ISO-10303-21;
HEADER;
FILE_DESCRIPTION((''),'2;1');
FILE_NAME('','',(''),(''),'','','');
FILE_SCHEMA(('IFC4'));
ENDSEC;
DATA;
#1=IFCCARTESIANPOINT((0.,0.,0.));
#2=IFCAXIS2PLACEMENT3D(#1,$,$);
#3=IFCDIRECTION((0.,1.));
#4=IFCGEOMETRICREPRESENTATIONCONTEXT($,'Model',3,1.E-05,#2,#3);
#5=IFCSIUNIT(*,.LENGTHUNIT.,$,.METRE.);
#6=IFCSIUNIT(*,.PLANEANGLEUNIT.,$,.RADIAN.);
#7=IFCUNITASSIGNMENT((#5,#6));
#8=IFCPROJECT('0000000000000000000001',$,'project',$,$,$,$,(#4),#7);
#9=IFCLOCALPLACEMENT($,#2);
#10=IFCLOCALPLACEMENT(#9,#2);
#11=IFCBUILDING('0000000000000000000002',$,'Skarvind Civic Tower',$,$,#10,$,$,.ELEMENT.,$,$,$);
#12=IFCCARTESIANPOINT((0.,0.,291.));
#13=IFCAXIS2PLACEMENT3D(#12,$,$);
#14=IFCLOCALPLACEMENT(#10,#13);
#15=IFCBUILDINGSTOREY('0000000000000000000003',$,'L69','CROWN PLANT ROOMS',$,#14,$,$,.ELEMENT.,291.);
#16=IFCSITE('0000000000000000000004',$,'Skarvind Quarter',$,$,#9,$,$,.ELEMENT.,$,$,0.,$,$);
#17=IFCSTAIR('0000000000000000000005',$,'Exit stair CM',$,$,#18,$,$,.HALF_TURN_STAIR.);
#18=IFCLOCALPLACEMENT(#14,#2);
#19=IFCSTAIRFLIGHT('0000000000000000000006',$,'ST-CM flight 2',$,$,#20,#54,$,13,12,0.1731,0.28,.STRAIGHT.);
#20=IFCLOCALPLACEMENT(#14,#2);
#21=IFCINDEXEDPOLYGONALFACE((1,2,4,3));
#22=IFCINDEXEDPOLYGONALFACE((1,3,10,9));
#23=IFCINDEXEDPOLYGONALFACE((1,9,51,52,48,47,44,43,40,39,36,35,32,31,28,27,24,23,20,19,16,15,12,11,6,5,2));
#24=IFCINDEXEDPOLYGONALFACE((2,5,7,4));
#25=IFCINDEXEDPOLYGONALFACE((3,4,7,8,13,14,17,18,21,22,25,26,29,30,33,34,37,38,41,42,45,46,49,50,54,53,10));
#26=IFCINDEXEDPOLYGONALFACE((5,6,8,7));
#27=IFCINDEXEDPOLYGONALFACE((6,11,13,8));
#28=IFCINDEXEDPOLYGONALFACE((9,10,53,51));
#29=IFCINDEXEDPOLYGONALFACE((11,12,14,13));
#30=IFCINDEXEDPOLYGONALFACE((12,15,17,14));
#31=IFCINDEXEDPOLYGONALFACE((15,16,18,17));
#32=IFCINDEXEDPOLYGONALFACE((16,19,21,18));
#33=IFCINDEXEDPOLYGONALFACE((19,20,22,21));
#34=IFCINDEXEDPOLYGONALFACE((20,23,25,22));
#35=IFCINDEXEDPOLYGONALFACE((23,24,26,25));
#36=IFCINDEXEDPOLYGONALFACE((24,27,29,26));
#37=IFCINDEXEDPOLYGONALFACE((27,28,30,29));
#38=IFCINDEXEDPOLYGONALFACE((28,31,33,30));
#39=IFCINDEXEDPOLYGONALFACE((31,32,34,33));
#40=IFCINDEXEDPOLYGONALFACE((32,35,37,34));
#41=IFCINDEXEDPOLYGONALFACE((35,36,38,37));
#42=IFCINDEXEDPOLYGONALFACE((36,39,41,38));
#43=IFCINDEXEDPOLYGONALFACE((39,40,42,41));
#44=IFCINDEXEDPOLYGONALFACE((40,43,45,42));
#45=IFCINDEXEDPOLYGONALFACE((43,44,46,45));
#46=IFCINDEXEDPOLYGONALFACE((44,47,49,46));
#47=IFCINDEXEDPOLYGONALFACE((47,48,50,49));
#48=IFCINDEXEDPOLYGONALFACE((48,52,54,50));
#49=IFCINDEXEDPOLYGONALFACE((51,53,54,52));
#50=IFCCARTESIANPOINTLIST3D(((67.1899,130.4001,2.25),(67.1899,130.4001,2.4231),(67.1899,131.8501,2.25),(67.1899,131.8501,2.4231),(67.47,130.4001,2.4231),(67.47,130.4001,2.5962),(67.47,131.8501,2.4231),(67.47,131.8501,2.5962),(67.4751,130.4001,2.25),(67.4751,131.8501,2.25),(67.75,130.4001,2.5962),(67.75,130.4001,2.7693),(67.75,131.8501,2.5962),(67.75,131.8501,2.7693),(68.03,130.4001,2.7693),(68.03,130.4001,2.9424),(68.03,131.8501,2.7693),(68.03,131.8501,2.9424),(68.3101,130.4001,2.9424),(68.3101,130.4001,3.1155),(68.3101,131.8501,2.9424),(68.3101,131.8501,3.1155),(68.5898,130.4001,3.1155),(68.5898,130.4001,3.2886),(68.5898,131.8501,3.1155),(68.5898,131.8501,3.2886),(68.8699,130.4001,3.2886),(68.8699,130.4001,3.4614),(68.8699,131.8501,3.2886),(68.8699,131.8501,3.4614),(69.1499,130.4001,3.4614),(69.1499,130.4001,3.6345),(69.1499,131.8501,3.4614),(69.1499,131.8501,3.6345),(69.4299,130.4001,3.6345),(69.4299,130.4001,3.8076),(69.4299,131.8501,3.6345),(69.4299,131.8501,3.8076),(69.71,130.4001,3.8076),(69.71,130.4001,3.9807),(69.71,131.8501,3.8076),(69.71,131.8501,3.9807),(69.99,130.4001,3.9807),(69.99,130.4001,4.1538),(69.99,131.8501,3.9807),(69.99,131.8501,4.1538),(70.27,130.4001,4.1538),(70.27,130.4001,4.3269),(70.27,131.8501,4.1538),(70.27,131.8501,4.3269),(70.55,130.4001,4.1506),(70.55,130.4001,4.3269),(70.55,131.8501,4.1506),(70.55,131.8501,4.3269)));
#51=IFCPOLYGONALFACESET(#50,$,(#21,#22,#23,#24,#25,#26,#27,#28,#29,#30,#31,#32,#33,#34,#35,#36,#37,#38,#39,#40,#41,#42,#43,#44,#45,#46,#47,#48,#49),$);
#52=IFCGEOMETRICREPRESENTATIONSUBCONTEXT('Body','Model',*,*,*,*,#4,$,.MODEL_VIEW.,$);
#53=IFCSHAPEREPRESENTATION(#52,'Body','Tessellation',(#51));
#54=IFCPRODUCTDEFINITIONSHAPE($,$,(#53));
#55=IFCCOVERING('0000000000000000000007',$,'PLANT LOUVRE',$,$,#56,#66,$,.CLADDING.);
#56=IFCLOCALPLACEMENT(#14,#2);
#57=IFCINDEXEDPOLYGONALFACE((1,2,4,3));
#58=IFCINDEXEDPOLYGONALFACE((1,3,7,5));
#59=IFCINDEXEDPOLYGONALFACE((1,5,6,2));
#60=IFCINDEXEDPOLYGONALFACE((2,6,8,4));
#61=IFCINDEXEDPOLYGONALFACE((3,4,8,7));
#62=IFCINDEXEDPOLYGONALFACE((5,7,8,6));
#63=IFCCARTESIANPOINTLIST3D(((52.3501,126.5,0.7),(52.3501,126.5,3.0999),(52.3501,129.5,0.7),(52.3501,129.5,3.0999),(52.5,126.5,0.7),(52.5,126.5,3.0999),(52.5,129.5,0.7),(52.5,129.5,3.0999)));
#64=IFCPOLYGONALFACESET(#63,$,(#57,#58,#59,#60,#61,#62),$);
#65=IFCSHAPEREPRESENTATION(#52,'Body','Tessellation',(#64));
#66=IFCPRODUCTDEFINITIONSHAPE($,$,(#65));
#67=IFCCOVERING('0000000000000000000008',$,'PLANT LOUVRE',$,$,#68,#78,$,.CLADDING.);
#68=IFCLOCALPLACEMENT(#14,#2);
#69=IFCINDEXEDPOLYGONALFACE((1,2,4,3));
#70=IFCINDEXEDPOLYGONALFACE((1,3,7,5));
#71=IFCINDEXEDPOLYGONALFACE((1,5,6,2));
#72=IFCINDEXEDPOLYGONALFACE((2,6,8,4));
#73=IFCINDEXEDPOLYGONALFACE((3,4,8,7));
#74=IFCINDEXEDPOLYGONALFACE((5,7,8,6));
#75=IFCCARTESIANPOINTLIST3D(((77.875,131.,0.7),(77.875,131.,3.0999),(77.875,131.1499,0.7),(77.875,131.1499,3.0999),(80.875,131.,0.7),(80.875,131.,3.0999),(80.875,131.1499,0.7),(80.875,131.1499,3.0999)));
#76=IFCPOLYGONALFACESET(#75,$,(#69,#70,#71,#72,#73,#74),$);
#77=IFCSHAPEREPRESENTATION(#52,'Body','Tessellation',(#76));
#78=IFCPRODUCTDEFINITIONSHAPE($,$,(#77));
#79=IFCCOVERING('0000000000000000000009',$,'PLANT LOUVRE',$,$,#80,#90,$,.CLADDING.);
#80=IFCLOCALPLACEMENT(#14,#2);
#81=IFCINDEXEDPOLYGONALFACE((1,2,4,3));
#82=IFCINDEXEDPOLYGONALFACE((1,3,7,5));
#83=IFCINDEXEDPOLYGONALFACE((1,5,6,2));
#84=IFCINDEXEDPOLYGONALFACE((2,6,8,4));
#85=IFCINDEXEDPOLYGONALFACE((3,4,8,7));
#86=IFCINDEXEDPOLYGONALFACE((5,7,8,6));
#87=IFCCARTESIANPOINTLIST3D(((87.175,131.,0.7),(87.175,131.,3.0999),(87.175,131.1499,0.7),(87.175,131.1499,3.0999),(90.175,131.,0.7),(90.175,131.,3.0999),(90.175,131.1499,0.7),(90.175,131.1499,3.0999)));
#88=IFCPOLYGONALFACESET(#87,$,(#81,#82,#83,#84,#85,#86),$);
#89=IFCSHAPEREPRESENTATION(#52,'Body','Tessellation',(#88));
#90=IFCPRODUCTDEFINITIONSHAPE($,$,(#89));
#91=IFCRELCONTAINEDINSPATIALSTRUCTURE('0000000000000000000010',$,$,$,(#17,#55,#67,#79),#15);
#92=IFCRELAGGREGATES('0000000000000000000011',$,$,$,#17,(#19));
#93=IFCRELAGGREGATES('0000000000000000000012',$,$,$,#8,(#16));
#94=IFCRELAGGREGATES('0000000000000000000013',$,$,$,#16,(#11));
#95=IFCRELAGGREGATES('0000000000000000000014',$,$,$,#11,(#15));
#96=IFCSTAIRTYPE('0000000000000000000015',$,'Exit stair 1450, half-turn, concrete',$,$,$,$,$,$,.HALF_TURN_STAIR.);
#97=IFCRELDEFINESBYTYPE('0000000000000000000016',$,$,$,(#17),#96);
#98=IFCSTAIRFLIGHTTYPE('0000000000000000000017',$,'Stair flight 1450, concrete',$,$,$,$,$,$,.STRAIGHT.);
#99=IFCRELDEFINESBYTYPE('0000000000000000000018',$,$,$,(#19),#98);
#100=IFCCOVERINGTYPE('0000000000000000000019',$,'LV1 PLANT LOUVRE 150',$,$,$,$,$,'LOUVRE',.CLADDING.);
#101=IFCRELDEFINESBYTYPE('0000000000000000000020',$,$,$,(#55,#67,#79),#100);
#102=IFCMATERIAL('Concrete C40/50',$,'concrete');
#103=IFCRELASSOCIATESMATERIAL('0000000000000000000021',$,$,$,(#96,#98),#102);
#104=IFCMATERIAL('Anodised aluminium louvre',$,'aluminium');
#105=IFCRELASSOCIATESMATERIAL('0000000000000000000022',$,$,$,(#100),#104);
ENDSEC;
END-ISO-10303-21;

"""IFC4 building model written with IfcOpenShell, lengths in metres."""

from ifc_helpers import new_model, si_unit, direction, frame, origin, origin_2d, place, context, subcontext, project, spatial, polyline, rectangle, outline, extrude, material, material_profile, profile_set, type_object, element, aggregate, save


model = new_model("IFC4")

# Units and contexts
model_context = context("Model", 3, precision=1e-05, world=origin(), true_north=direction((0.0, 1.0)))
body_context = subcontext(model_context, "Body", "Model", "MODEL_VIEW")
ifc_project = project(units=[si_unit("LENGTHUNIT", "METRE"), si_unit("PLANEANGLEUNIT", "RADIAN")], contexts=[model_context])

# Site, building, storey
site_placement = place(None, origin())
site = spatial("IfcSite", under=ifc_project, at=site_placement, Name="Skarvind Quarter", CompositionType="ELEMENT", RefElevation=0.0)
building_placement = place(site_placement, origin())
building = spatial("IfcBuilding", under=site, at=building_placement, Name="Skarvind Civic Tower", CompositionType="ELEMENT")
storey_placement = place(building_placement, frame((0.0, 0.0, 291.0)))
storey = spatial("IfcBuildingStorey", under=building, at=storey_placement, Name="L69", Description="CROWN PLANT ROOMS", CompositionType="ELEMENT", Elevation=291.0)

# Stair, stair flight
ifc_material_1 = material(Name="Concrete C40/50", Category="concrete")
stair_type = type_object("IfcStairType", Name="Exit stair 1450, half-turn, concrete", PredefinedType="HALF_TURN_STAIR", material=ifc_material_1)
stair_placement = place(storey_placement, origin())
stair = element("IfcStair", 1, at=stair_placement, inside=storey, type_object=stair_type, Name="Exit stair CM", PredefinedType="HALF_TURN_STAIR")
stair_flight_type = type_object("IfcStairFlightType", Name="Stair flight 1450, concrete", PredefinedType="STRAIGHT", material=ifc_material_1)
stair_flight_1_placement = place(storey_placement, frame((67.1899, 131.125, 2.25), z_axis=(0.0, 0.0, 1.0), x_axis=(1.0, 0.0, 0.0)))
stair_flight_1 = element("IfcStairFlight", 2, at=stair_flight_1_placement, type_object=stair_flight_type, Name="ST-CM flight 2", NumberOfRisers=13, NumberOfTreads=12, PredefinedType="STRAIGHT", RiserHeight=0.1731, TreadLength=0.28, context=body_context, shape_type="SweptSolid", body=[
    extrude(outline(polyline([(0.0, 0.0), (0.0, 0.1731), (0.28, 0.1731), (0.28, 0.3462), (0.5601, 0.3462), (0.5601, 0.5193), (0.8401, 0.5193), (0.8401, 0.6924), (1.1201, 0.6924), (1.1201, 0.8655), (1.3999, 0.8655), (1.3999, 1.0386), (1.6799, 1.0386), (1.6799, 1.2114), (1.96, 1.2114), (1.96, 1.3845), (2.24, 1.3845), (2.24, 1.5576), (2.52, 1.5576), (2.52, 1.7307), (2.8, 1.7307), (2.8, 1.9038), (3.0801, 1.9038), (3.0801, 2.0769), (3.3601, 2.0769), (3.3601, 2.25), (3.3601, 1.9006), (0.2852, 0.0), (0.0, 0.0)])), frame((0.0, 0.7251, 0.0), z_axis=(0.0, -1.0, 0.0), x_axis=(1.0, 0.0, 0.0)), (0.0, 0.0, 1.0), 1.45),
])
aggregate(stair, [stair_flight_1])

# Coverings
ifc_material_2 = material(Name="Anodised aluminium louvre", Category="aluminium")
ifc_material_profile_1 = material_profile(ifc_material_2, rectangle(XDim=3.0, YDim=2.3999, at=origin_2d()), Name="LOUVRE 3000 x 2400")
ifc_profile_set_1 = profile_set([ifc_material_profile_1], Name="Anodised aluminium louvre")
covering_type = type_object("IfcCoveringType", Name="LV1 PLANT LOUVRE 150", ElementType="LOUVRE", PredefinedType="CLADDING", material=ifc_profile_set_1)
for number, where, z_axis, x_axis, name in (
    (3, (52.5, 128.0, 1.8999), (-1.0, 0.0, 0.0), (0.0, -1.0, 0.0), "PLANT LOUVRE"),
    (4, (79.375, 131.0, 1.8999), (0.0, 1.0, 0.0), (-1.0, 0.0, 0.0), "PLANT LOUVRE"),
    (5, (88.675, 131.0, 1.8999), (0.0, 1.0, 0.0), (-1.0, 0.0, 0.0), "PLANT LOUVRE"),
):
    element("IfcCovering", number, at=place(storey_placement, frame(where, z_axis=z_axis, x_axis=x_axis)), inside=storey, type_object=covering_type, Name=name, PredefinedType="CLADDING", context=body_context, shape_type="SweptSolid", body=[
        extrude(rectangle(XDim=3.0, YDim=2.3999, at=origin_2d()), origin(), (0.0, 0.0, 1.0), 0.1499),
    ])

save(model, "model.ifc")
